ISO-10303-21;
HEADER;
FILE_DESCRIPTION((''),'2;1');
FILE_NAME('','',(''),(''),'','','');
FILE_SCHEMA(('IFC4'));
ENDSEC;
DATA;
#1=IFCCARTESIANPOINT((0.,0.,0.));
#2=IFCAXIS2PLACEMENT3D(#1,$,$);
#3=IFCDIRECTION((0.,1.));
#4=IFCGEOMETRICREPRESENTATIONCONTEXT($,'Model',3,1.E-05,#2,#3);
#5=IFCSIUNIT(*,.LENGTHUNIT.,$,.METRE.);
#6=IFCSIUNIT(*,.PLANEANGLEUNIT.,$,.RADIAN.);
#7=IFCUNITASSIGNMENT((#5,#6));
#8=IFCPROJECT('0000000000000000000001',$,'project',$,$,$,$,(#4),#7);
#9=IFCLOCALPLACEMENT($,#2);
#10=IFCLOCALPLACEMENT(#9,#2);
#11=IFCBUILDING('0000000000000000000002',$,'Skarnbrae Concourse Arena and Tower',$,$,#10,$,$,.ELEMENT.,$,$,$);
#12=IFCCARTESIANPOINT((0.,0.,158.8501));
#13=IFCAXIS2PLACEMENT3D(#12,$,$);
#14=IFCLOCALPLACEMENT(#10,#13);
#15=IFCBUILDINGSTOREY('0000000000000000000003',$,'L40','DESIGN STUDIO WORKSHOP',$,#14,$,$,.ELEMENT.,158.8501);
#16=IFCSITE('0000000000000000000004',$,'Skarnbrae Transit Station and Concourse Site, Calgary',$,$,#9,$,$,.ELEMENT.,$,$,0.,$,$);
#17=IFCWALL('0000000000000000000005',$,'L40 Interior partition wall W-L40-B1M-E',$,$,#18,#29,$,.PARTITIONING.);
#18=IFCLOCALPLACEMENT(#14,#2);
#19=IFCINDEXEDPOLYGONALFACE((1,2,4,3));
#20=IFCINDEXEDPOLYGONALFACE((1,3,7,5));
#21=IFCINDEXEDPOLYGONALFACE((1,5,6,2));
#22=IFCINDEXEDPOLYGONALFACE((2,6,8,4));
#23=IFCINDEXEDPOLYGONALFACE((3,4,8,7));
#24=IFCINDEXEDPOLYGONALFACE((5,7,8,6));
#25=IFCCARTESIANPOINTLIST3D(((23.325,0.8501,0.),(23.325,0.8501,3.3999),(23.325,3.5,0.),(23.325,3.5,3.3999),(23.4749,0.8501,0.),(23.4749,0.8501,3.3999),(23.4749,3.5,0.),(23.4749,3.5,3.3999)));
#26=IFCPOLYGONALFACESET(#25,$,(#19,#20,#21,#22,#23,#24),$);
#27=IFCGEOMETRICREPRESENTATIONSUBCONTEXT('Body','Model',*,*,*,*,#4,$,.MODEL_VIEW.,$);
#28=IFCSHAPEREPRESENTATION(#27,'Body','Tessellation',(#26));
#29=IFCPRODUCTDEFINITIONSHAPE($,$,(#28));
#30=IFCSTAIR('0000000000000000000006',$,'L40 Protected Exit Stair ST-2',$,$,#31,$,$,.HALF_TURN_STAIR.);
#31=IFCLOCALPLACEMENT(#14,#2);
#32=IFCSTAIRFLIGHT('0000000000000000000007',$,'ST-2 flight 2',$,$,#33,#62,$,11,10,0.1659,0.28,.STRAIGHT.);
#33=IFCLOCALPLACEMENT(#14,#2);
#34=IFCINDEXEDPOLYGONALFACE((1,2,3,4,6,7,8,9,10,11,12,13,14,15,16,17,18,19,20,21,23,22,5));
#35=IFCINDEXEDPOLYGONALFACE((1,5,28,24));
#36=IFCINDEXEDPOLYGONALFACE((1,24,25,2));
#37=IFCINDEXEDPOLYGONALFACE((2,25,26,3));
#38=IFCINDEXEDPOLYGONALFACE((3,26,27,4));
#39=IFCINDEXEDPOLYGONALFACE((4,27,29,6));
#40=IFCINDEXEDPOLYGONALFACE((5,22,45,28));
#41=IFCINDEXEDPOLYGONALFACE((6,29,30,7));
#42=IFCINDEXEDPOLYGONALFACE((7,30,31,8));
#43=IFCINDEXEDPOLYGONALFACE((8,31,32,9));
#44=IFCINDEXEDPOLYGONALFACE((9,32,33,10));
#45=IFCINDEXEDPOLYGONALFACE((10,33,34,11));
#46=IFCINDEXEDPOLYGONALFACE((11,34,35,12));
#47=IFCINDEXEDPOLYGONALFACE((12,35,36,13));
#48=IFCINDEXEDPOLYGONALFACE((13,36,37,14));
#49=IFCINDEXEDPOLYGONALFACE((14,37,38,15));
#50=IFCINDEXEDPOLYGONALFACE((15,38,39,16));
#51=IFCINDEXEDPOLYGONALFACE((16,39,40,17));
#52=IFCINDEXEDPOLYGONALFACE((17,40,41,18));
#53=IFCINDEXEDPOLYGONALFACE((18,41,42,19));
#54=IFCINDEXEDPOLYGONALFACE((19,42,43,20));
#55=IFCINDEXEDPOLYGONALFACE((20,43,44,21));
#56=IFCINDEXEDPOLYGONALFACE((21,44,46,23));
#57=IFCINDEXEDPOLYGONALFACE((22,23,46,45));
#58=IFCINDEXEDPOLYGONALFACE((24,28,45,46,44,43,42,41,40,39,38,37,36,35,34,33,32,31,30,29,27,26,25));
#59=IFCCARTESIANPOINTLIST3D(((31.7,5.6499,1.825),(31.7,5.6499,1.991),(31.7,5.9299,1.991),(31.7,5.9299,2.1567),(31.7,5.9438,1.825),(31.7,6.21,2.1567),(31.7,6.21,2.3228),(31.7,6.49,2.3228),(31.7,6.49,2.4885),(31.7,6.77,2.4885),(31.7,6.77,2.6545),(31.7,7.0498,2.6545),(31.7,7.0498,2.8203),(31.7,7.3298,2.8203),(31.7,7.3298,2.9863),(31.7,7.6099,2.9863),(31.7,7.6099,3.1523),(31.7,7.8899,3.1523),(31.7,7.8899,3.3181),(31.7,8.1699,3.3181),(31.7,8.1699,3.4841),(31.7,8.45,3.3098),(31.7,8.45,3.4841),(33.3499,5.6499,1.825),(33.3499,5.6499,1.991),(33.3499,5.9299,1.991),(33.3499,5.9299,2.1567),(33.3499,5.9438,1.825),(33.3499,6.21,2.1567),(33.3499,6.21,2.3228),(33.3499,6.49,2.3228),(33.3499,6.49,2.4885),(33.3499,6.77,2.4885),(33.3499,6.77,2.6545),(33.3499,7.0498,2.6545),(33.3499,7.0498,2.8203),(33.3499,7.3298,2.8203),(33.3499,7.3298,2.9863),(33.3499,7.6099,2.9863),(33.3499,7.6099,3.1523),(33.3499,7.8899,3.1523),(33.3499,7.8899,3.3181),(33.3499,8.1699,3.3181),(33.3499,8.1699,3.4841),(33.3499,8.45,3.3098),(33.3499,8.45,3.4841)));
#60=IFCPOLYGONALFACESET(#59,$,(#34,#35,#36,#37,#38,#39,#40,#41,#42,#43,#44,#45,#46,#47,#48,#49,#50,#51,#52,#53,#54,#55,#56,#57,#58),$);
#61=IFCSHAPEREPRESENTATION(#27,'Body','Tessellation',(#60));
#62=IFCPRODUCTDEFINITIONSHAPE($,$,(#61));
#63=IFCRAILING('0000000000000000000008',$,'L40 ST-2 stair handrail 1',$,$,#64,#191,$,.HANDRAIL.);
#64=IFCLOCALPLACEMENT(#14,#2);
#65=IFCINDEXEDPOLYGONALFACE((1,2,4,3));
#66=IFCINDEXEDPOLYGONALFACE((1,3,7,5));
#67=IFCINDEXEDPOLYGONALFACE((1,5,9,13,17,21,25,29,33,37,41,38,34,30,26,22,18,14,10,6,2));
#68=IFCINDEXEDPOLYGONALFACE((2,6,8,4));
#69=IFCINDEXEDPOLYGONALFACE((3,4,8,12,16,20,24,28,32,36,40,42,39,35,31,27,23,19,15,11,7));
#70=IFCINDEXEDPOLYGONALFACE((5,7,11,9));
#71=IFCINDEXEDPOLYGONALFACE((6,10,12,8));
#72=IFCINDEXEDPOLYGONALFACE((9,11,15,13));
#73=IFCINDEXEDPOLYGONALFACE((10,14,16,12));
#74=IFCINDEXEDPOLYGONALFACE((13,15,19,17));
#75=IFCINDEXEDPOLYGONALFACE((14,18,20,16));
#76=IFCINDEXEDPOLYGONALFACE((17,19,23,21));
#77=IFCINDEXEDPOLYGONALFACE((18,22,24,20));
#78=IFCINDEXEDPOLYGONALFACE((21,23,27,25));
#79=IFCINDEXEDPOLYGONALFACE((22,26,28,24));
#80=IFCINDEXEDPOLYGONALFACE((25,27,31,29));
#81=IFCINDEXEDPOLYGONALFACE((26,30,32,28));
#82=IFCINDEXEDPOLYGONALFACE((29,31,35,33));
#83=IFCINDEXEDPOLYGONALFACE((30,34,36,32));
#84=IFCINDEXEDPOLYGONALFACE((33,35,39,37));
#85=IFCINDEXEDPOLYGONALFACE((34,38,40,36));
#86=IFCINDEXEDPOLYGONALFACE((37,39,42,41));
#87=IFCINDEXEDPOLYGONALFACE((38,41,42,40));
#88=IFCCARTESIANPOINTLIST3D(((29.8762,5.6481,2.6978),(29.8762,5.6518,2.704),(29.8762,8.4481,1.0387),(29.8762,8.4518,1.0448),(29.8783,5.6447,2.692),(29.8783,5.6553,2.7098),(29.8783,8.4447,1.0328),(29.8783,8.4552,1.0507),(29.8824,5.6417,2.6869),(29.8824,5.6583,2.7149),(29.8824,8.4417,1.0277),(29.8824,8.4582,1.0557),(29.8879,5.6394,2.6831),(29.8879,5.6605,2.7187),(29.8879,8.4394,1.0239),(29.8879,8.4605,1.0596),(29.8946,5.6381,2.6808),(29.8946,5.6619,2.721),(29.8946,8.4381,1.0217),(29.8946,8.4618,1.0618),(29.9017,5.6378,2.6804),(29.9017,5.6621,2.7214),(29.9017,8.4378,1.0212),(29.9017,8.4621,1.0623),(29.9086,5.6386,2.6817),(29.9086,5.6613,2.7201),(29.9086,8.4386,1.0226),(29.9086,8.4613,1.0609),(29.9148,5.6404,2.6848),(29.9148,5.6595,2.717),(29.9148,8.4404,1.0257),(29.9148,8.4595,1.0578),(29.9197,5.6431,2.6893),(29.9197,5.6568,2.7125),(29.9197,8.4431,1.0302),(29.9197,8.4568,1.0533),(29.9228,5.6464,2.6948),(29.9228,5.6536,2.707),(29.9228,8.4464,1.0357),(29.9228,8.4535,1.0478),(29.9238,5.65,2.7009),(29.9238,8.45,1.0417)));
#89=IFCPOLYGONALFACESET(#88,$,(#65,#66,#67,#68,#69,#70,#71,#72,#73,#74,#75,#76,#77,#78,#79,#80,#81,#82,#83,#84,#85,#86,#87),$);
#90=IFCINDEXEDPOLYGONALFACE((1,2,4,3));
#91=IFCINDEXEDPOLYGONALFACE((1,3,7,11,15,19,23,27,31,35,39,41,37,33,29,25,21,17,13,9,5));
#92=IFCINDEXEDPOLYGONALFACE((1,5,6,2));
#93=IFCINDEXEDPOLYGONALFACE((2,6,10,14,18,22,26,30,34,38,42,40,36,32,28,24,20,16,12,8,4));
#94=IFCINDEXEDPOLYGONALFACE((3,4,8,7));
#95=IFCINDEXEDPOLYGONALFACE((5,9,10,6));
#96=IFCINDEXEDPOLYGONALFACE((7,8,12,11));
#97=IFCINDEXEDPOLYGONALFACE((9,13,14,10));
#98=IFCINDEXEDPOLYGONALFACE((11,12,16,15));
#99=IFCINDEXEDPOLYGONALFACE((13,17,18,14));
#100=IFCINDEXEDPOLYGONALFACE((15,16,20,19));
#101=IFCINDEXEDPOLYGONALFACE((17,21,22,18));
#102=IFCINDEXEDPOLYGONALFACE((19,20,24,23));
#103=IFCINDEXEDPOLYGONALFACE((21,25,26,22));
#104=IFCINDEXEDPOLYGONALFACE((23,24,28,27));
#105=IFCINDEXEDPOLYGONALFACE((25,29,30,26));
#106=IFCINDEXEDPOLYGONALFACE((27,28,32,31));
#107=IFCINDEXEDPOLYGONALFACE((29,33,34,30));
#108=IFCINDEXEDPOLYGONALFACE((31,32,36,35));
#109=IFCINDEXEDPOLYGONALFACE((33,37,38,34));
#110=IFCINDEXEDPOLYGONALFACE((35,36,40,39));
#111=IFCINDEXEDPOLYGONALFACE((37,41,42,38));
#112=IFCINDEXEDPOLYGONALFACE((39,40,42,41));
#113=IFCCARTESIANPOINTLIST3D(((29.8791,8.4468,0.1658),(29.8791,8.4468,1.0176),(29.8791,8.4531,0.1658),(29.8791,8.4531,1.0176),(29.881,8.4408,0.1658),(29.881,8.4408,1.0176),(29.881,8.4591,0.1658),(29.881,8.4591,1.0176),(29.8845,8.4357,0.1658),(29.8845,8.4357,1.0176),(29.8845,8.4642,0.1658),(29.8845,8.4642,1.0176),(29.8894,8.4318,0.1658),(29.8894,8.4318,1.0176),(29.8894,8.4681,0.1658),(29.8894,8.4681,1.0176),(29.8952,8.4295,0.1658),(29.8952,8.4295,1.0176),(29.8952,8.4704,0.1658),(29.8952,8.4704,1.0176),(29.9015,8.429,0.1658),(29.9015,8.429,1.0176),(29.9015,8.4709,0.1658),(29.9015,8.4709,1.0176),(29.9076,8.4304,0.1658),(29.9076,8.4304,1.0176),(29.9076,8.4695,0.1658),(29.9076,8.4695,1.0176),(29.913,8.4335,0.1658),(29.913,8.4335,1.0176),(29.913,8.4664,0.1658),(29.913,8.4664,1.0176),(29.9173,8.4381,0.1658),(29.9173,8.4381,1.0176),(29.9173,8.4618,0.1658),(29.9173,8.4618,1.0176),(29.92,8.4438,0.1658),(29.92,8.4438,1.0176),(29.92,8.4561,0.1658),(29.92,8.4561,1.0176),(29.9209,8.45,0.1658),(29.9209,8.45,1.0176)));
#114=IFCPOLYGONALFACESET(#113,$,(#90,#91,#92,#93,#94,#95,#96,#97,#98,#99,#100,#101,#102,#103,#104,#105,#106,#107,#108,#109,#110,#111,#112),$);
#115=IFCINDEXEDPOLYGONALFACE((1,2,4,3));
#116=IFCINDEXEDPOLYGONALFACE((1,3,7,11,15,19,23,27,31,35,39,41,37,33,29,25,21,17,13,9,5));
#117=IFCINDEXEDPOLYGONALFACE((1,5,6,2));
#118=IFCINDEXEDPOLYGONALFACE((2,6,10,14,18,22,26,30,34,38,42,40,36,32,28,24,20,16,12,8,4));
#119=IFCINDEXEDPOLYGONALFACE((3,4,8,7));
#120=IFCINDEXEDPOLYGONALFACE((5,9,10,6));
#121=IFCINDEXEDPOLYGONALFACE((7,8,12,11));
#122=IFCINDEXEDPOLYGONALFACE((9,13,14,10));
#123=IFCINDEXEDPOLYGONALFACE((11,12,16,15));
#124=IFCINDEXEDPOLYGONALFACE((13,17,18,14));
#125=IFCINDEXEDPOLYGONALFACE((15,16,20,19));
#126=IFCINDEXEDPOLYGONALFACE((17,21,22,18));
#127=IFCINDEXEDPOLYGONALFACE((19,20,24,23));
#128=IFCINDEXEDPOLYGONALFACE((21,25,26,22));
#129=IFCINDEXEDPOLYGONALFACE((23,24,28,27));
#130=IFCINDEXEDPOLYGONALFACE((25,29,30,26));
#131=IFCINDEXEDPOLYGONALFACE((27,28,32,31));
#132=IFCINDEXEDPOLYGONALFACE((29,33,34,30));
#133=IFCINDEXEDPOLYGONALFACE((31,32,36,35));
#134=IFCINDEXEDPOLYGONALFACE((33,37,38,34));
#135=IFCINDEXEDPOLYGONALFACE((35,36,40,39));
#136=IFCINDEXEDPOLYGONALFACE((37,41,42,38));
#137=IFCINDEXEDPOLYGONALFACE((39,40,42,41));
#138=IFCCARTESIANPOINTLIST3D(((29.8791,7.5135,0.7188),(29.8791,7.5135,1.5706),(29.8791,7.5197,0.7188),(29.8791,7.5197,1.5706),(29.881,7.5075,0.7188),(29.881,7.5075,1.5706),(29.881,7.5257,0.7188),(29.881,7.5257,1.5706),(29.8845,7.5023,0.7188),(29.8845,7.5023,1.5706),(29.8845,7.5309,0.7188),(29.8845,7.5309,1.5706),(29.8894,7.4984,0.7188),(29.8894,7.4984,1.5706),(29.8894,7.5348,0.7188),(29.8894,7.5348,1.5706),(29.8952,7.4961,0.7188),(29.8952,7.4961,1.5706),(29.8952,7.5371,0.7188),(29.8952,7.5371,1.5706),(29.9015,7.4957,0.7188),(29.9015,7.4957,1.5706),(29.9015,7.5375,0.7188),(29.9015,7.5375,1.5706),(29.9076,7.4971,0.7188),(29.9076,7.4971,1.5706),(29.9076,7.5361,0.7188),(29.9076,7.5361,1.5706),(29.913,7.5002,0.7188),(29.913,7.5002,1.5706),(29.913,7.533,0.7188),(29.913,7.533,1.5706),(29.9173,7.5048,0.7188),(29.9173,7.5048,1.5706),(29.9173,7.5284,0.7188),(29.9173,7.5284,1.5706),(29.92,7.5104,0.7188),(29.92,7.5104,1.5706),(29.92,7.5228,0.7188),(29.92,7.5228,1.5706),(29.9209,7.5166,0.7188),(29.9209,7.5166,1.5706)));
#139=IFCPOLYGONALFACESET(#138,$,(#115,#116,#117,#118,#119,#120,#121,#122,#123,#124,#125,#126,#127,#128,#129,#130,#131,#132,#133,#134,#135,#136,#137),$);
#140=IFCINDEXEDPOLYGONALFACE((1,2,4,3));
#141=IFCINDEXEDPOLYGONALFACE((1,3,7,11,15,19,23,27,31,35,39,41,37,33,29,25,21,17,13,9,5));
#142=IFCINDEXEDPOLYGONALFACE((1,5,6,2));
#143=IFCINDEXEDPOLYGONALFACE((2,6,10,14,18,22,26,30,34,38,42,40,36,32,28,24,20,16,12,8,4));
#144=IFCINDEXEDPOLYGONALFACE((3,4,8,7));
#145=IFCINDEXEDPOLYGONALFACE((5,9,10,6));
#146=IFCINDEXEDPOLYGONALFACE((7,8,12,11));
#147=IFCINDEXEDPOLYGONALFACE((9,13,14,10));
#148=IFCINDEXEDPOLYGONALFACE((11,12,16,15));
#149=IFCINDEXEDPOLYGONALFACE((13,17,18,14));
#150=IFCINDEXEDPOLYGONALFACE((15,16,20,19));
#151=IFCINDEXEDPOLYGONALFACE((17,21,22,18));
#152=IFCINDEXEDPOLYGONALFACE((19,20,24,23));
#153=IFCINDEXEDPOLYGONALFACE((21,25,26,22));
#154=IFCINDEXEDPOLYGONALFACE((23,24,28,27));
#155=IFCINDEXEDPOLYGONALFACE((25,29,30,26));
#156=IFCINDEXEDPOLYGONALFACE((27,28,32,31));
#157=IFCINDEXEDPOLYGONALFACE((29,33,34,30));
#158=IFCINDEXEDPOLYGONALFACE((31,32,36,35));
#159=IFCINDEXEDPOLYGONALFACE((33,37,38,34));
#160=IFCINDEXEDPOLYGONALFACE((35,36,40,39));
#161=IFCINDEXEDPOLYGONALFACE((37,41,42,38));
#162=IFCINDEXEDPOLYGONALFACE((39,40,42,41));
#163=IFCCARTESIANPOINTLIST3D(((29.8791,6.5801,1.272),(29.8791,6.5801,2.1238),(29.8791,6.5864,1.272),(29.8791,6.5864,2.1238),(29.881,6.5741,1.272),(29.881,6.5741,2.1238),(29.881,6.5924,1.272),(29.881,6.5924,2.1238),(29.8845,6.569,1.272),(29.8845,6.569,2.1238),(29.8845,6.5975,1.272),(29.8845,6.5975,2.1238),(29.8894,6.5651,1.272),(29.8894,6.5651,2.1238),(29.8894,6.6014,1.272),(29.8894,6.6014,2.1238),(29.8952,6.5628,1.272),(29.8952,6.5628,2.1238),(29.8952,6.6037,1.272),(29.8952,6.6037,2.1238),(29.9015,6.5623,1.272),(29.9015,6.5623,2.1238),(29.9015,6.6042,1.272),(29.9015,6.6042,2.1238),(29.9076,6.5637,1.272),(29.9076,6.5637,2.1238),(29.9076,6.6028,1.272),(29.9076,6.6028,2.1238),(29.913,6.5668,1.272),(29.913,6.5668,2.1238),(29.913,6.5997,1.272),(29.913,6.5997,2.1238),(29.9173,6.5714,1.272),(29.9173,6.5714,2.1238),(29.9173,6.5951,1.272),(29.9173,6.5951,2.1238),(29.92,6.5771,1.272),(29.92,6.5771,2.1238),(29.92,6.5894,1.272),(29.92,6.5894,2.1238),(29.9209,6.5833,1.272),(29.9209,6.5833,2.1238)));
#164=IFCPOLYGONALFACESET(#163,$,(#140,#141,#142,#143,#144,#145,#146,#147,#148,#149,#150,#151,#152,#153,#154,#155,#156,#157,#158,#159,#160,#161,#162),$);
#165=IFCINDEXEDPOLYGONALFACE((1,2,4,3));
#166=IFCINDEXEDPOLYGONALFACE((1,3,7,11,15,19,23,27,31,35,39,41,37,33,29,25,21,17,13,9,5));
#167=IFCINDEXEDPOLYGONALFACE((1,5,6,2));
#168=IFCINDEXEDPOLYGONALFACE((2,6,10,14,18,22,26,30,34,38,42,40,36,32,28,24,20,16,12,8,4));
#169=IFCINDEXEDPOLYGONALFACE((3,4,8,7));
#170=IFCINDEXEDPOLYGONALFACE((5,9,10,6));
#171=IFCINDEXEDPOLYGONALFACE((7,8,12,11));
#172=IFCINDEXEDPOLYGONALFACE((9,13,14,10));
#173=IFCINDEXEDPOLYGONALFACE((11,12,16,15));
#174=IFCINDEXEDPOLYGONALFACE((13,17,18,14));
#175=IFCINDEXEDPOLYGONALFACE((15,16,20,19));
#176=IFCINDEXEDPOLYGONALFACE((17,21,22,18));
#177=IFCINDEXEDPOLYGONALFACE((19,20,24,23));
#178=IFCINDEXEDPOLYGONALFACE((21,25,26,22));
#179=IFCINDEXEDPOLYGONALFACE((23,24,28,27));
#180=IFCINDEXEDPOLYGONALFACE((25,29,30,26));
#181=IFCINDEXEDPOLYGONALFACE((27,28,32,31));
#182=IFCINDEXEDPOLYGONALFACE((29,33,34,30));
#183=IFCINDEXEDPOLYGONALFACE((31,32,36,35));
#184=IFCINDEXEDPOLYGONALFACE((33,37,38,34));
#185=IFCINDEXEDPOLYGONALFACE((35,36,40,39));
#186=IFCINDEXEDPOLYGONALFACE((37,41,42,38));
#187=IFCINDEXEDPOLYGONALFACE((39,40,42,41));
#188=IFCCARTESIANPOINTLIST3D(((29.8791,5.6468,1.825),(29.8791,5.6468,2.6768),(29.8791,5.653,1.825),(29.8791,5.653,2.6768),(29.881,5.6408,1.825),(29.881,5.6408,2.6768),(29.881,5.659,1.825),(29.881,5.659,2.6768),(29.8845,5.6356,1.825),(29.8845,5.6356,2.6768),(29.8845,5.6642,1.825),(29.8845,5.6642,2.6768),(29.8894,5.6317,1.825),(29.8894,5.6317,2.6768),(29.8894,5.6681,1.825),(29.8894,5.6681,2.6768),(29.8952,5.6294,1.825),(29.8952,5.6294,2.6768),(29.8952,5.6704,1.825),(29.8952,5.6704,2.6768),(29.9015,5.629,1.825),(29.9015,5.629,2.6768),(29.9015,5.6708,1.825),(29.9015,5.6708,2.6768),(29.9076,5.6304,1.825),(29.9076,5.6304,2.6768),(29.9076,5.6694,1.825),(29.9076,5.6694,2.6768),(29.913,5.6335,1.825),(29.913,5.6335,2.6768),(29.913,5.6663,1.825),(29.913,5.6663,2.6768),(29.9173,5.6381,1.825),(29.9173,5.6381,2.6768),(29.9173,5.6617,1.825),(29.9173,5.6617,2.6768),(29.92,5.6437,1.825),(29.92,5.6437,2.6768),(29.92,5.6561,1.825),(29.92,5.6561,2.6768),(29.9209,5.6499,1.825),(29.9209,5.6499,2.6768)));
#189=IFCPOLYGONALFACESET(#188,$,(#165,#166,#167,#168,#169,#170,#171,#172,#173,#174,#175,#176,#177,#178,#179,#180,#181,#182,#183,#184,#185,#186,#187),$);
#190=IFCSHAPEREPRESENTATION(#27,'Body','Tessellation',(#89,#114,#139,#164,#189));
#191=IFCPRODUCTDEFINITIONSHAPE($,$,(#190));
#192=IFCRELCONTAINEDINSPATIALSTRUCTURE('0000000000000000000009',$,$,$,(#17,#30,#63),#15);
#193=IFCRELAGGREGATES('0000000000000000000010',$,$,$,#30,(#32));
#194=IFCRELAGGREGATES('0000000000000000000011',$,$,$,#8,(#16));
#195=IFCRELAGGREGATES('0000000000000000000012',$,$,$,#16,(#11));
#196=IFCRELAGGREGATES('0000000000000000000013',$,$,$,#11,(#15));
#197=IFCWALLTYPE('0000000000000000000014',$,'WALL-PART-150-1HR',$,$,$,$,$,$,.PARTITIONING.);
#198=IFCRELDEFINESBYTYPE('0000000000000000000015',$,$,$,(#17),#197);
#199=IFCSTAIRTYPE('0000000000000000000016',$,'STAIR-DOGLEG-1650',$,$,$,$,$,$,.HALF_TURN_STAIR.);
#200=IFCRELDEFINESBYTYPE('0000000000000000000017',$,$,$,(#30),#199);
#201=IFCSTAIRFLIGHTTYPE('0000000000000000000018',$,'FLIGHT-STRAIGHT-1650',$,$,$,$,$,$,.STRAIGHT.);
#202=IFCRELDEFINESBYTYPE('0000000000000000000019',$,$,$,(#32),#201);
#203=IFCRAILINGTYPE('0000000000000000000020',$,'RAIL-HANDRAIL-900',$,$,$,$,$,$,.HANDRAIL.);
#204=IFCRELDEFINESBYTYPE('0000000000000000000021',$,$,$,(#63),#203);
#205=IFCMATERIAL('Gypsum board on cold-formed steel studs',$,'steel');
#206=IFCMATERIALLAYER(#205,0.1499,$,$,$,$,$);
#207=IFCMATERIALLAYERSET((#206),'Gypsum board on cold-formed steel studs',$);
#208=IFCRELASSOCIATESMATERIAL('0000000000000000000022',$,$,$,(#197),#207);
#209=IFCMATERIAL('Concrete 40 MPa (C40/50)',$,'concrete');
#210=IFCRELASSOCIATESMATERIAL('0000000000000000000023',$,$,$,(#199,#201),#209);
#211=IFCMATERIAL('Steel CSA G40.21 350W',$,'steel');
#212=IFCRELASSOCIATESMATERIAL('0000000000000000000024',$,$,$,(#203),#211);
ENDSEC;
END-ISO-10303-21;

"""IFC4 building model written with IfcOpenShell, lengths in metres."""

from ifc_helpers import new_model, si_unit, direction, frame, frame_2d, origin, origin_2d, place, context, subcontext, project, spatial, polyline, rectangle, circle, outline, extrude, source, transform, mapped, material, layer, layer_set, type_object, element, aggregate, save


model = new_model("IFC4")

# Units and contexts
model_context = context("Model", 3, precision=1e-05, world=origin(), true_north=direction((0.0, 1.0)))
body_context = subcontext(model_context, "Body", "Model", "MODEL_VIEW")
ifc_project = project(units=[si_unit("LENGTHUNIT", "METRE"), si_unit("PLANEANGLEUNIT", "RADIAN")], contexts=[model_context])

# Site, building, storey
site_placement = place(None, origin())
site = spatial("IfcSite", under=ifc_project, at=site_placement, Name="Skarnbrae Transit Station and Concourse Site, Calgary", CompositionType="ELEMENT", RefElevation=0.0)
building_placement = place(site_placement, origin())
building = spatial("IfcBuilding", under=site, at=building_placement, Name="Skarnbrae Concourse Arena and Tower", CompositionType="ELEMENT")
storey_placement = place(building_placement, frame((0.0, 0.0, 158.8501)))
storey = spatial("IfcBuildingStorey", under=building, at=storey_placement, Name="L40", Description="DESIGN STUDIO WORKSHOP", CompositionType="ELEMENT", Elevation=158.8501)

# Shared definitions
ifc_material_1 = material(Name="Gypsum board on cold-formed steel studs", Category="steel")

# Shared definitions
ifc_layer_1 = layer(ifc_material_1, 0.1499)
ifc_layer_set_1 = layer_set([ifc_layer_1], Name="Gypsum board on cold-formed steel studs")
wall_type_1 = type_object("IfcWallType", Name="WALL-PART-150-1HR", PredefinedType="PARTITIONING", material=ifc_layer_set_1)
ifc_material_2 = material(Name="Steel CSA G40.21 350W", Category="steel")

# Wall
shared_shape_1 = source(origin(), body_context, "Body", "SweptSolid", [
    extrude(rectangle(XDim=2.6499, YDim=0.1499, at=frame_2d((1.325, 0.0))), origin(), (0.0, 0.0, 1.0), 3.3999),
])
wall_1_placement = place(storey_placement, frame((23.3999, 0.8501, 0.0), z_axis=(0.0, 0.0, 1.0), x_axis=(0.0, 1.0, 0.0)))
element("IfcWall", 1, at=wall_1_placement, inside=storey, type_object=wall_type_1, Name="L40 Interior partition wall W-L40-B1M-E", PredefinedType="PARTITIONING", context=body_context, shape_type="MappedRepresentation", body=[
    mapped(shared_shape_1, transform((0.0, 0.0, 0.0))),
])

# Stair, stair flight
ifc_material_3 = material(Name="Concrete 40 MPa (C40/50)", Category="concrete")
stair_type = type_object("IfcStairType", Name="STAIR-DOGLEG-1650", PredefinedType="HALF_TURN_STAIR", material=ifc_material_3)
stair_placement = place(storey_placement, origin())
stair = element("IfcStair", 2, at=stair_placement, inside=storey, type_object=stair_type, Name="L40 Protected Exit Stair ST-2", PredefinedType="HALF_TURN_STAIR")
stair_flight_type = type_object("IfcStairFlightType", Name="FLIGHT-STRAIGHT-1650", PredefinedType="STRAIGHT", material=ifc_material_3)
shared_shape_2 = source(origin(), body_context, "Body", "SweptSolid", [
    extrude(outline(polyline([(0.0, 0.0), (0.0, 0.166), (0.28, 0.166), (0.28, 0.3318), (0.5601, 0.3318), (0.5601, 0.4978), (0.8401, 0.4978), (0.8401, 0.6636), (1.1201, 0.6636), (1.1201, 0.8296), (1.3999, 0.8296), (1.3999, 0.9954), (1.6799, 0.9954), (1.6799, 1.1614), (1.96, 1.1614), (1.96, 1.3274), (2.24, 1.3274), (2.24, 1.4932), (2.52, 1.4932), (2.52, 1.6592), (2.8, 1.6592), (2.8, 1.825), (2.8, 1.4849), (0.2939, 0.0), (0.0, 0.0)])), frame((0.0, 0.825, 0.0), z_axis=(0.0, -1.0, 0.0), x_axis=(1.0, 0.0, 0.0)), (0.0, 0.0, 1.0), 1.6499),
])
stair_flight_placement = place(storey_placement, frame((32.5249, 5.6499, 1.825), z_axis=(0.0, 0.0, 1.0), x_axis=(0.0, 1.0, 0.0)))
stair_flight = element("IfcStairFlight", 3, at=stair_flight_placement, type_object=stair_flight_type, Name="ST-2 flight 2", NumberOfRisers=11, NumberOfTreads=10, PredefinedType="STRAIGHT", RiserHeight=0.1659, TreadLength=0.28, context=body_context, shape_type="MappedRepresentation", body=[
    mapped(shared_shape_2, transform((0.0, 0.0, 0.0))),
])
aggregate(stair, [stair_flight])

# Railing
railing_type_1 = type_object("IfcRailingType", Name="RAIL-HANDRAIL-900", PredefinedType="HANDRAIL", material=ifc_material_2)
railing_1_placement = place(storey_placement, frame((29.8999, 8.45, 0.1658)))
element("IfcRailing", 4, at=railing_1_placement, inside=storey, type_object=railing_type_1, Name="L40 ST-2 stair handrail 1", PredefinedType="HANDRAIL", context=body_context, shape_type="SweptSolid", body=[
    extrude(circle(Radius=0.0239, at=origin_2d()), frame((0.0, 0.0, 0.876), z_axis=(0.0, -0.860306, 0.509778), x_axis=(1.0, 0.0, 0.0)), (0.0, 0.0, 1.0), 3.2546),
    extrude(circle(Radius=0.021, at=origin_2d()), origin(), (0.0, 0.0, 1.0), 0.8518),
    extrude(circle(Radius=0.021, at=origin_2d()), frame((0.0, -0.9333, 0.553)), (0.0, 0.0, 1.0), 0.8518),
    extrude(circle(Radius=0.021, at=origin_2d()), frame((0.0, -1.8667, 1.1062)), (0.0, 0.0, 1.0), 0.8518),
    extrude(circle(Radius=0.021, at=origin_2d()), frame((0.0, -2.8, 1.6592)), (0.0, 0.0, 1.0), 0.8518),
])

save(model, "model.ifc")
